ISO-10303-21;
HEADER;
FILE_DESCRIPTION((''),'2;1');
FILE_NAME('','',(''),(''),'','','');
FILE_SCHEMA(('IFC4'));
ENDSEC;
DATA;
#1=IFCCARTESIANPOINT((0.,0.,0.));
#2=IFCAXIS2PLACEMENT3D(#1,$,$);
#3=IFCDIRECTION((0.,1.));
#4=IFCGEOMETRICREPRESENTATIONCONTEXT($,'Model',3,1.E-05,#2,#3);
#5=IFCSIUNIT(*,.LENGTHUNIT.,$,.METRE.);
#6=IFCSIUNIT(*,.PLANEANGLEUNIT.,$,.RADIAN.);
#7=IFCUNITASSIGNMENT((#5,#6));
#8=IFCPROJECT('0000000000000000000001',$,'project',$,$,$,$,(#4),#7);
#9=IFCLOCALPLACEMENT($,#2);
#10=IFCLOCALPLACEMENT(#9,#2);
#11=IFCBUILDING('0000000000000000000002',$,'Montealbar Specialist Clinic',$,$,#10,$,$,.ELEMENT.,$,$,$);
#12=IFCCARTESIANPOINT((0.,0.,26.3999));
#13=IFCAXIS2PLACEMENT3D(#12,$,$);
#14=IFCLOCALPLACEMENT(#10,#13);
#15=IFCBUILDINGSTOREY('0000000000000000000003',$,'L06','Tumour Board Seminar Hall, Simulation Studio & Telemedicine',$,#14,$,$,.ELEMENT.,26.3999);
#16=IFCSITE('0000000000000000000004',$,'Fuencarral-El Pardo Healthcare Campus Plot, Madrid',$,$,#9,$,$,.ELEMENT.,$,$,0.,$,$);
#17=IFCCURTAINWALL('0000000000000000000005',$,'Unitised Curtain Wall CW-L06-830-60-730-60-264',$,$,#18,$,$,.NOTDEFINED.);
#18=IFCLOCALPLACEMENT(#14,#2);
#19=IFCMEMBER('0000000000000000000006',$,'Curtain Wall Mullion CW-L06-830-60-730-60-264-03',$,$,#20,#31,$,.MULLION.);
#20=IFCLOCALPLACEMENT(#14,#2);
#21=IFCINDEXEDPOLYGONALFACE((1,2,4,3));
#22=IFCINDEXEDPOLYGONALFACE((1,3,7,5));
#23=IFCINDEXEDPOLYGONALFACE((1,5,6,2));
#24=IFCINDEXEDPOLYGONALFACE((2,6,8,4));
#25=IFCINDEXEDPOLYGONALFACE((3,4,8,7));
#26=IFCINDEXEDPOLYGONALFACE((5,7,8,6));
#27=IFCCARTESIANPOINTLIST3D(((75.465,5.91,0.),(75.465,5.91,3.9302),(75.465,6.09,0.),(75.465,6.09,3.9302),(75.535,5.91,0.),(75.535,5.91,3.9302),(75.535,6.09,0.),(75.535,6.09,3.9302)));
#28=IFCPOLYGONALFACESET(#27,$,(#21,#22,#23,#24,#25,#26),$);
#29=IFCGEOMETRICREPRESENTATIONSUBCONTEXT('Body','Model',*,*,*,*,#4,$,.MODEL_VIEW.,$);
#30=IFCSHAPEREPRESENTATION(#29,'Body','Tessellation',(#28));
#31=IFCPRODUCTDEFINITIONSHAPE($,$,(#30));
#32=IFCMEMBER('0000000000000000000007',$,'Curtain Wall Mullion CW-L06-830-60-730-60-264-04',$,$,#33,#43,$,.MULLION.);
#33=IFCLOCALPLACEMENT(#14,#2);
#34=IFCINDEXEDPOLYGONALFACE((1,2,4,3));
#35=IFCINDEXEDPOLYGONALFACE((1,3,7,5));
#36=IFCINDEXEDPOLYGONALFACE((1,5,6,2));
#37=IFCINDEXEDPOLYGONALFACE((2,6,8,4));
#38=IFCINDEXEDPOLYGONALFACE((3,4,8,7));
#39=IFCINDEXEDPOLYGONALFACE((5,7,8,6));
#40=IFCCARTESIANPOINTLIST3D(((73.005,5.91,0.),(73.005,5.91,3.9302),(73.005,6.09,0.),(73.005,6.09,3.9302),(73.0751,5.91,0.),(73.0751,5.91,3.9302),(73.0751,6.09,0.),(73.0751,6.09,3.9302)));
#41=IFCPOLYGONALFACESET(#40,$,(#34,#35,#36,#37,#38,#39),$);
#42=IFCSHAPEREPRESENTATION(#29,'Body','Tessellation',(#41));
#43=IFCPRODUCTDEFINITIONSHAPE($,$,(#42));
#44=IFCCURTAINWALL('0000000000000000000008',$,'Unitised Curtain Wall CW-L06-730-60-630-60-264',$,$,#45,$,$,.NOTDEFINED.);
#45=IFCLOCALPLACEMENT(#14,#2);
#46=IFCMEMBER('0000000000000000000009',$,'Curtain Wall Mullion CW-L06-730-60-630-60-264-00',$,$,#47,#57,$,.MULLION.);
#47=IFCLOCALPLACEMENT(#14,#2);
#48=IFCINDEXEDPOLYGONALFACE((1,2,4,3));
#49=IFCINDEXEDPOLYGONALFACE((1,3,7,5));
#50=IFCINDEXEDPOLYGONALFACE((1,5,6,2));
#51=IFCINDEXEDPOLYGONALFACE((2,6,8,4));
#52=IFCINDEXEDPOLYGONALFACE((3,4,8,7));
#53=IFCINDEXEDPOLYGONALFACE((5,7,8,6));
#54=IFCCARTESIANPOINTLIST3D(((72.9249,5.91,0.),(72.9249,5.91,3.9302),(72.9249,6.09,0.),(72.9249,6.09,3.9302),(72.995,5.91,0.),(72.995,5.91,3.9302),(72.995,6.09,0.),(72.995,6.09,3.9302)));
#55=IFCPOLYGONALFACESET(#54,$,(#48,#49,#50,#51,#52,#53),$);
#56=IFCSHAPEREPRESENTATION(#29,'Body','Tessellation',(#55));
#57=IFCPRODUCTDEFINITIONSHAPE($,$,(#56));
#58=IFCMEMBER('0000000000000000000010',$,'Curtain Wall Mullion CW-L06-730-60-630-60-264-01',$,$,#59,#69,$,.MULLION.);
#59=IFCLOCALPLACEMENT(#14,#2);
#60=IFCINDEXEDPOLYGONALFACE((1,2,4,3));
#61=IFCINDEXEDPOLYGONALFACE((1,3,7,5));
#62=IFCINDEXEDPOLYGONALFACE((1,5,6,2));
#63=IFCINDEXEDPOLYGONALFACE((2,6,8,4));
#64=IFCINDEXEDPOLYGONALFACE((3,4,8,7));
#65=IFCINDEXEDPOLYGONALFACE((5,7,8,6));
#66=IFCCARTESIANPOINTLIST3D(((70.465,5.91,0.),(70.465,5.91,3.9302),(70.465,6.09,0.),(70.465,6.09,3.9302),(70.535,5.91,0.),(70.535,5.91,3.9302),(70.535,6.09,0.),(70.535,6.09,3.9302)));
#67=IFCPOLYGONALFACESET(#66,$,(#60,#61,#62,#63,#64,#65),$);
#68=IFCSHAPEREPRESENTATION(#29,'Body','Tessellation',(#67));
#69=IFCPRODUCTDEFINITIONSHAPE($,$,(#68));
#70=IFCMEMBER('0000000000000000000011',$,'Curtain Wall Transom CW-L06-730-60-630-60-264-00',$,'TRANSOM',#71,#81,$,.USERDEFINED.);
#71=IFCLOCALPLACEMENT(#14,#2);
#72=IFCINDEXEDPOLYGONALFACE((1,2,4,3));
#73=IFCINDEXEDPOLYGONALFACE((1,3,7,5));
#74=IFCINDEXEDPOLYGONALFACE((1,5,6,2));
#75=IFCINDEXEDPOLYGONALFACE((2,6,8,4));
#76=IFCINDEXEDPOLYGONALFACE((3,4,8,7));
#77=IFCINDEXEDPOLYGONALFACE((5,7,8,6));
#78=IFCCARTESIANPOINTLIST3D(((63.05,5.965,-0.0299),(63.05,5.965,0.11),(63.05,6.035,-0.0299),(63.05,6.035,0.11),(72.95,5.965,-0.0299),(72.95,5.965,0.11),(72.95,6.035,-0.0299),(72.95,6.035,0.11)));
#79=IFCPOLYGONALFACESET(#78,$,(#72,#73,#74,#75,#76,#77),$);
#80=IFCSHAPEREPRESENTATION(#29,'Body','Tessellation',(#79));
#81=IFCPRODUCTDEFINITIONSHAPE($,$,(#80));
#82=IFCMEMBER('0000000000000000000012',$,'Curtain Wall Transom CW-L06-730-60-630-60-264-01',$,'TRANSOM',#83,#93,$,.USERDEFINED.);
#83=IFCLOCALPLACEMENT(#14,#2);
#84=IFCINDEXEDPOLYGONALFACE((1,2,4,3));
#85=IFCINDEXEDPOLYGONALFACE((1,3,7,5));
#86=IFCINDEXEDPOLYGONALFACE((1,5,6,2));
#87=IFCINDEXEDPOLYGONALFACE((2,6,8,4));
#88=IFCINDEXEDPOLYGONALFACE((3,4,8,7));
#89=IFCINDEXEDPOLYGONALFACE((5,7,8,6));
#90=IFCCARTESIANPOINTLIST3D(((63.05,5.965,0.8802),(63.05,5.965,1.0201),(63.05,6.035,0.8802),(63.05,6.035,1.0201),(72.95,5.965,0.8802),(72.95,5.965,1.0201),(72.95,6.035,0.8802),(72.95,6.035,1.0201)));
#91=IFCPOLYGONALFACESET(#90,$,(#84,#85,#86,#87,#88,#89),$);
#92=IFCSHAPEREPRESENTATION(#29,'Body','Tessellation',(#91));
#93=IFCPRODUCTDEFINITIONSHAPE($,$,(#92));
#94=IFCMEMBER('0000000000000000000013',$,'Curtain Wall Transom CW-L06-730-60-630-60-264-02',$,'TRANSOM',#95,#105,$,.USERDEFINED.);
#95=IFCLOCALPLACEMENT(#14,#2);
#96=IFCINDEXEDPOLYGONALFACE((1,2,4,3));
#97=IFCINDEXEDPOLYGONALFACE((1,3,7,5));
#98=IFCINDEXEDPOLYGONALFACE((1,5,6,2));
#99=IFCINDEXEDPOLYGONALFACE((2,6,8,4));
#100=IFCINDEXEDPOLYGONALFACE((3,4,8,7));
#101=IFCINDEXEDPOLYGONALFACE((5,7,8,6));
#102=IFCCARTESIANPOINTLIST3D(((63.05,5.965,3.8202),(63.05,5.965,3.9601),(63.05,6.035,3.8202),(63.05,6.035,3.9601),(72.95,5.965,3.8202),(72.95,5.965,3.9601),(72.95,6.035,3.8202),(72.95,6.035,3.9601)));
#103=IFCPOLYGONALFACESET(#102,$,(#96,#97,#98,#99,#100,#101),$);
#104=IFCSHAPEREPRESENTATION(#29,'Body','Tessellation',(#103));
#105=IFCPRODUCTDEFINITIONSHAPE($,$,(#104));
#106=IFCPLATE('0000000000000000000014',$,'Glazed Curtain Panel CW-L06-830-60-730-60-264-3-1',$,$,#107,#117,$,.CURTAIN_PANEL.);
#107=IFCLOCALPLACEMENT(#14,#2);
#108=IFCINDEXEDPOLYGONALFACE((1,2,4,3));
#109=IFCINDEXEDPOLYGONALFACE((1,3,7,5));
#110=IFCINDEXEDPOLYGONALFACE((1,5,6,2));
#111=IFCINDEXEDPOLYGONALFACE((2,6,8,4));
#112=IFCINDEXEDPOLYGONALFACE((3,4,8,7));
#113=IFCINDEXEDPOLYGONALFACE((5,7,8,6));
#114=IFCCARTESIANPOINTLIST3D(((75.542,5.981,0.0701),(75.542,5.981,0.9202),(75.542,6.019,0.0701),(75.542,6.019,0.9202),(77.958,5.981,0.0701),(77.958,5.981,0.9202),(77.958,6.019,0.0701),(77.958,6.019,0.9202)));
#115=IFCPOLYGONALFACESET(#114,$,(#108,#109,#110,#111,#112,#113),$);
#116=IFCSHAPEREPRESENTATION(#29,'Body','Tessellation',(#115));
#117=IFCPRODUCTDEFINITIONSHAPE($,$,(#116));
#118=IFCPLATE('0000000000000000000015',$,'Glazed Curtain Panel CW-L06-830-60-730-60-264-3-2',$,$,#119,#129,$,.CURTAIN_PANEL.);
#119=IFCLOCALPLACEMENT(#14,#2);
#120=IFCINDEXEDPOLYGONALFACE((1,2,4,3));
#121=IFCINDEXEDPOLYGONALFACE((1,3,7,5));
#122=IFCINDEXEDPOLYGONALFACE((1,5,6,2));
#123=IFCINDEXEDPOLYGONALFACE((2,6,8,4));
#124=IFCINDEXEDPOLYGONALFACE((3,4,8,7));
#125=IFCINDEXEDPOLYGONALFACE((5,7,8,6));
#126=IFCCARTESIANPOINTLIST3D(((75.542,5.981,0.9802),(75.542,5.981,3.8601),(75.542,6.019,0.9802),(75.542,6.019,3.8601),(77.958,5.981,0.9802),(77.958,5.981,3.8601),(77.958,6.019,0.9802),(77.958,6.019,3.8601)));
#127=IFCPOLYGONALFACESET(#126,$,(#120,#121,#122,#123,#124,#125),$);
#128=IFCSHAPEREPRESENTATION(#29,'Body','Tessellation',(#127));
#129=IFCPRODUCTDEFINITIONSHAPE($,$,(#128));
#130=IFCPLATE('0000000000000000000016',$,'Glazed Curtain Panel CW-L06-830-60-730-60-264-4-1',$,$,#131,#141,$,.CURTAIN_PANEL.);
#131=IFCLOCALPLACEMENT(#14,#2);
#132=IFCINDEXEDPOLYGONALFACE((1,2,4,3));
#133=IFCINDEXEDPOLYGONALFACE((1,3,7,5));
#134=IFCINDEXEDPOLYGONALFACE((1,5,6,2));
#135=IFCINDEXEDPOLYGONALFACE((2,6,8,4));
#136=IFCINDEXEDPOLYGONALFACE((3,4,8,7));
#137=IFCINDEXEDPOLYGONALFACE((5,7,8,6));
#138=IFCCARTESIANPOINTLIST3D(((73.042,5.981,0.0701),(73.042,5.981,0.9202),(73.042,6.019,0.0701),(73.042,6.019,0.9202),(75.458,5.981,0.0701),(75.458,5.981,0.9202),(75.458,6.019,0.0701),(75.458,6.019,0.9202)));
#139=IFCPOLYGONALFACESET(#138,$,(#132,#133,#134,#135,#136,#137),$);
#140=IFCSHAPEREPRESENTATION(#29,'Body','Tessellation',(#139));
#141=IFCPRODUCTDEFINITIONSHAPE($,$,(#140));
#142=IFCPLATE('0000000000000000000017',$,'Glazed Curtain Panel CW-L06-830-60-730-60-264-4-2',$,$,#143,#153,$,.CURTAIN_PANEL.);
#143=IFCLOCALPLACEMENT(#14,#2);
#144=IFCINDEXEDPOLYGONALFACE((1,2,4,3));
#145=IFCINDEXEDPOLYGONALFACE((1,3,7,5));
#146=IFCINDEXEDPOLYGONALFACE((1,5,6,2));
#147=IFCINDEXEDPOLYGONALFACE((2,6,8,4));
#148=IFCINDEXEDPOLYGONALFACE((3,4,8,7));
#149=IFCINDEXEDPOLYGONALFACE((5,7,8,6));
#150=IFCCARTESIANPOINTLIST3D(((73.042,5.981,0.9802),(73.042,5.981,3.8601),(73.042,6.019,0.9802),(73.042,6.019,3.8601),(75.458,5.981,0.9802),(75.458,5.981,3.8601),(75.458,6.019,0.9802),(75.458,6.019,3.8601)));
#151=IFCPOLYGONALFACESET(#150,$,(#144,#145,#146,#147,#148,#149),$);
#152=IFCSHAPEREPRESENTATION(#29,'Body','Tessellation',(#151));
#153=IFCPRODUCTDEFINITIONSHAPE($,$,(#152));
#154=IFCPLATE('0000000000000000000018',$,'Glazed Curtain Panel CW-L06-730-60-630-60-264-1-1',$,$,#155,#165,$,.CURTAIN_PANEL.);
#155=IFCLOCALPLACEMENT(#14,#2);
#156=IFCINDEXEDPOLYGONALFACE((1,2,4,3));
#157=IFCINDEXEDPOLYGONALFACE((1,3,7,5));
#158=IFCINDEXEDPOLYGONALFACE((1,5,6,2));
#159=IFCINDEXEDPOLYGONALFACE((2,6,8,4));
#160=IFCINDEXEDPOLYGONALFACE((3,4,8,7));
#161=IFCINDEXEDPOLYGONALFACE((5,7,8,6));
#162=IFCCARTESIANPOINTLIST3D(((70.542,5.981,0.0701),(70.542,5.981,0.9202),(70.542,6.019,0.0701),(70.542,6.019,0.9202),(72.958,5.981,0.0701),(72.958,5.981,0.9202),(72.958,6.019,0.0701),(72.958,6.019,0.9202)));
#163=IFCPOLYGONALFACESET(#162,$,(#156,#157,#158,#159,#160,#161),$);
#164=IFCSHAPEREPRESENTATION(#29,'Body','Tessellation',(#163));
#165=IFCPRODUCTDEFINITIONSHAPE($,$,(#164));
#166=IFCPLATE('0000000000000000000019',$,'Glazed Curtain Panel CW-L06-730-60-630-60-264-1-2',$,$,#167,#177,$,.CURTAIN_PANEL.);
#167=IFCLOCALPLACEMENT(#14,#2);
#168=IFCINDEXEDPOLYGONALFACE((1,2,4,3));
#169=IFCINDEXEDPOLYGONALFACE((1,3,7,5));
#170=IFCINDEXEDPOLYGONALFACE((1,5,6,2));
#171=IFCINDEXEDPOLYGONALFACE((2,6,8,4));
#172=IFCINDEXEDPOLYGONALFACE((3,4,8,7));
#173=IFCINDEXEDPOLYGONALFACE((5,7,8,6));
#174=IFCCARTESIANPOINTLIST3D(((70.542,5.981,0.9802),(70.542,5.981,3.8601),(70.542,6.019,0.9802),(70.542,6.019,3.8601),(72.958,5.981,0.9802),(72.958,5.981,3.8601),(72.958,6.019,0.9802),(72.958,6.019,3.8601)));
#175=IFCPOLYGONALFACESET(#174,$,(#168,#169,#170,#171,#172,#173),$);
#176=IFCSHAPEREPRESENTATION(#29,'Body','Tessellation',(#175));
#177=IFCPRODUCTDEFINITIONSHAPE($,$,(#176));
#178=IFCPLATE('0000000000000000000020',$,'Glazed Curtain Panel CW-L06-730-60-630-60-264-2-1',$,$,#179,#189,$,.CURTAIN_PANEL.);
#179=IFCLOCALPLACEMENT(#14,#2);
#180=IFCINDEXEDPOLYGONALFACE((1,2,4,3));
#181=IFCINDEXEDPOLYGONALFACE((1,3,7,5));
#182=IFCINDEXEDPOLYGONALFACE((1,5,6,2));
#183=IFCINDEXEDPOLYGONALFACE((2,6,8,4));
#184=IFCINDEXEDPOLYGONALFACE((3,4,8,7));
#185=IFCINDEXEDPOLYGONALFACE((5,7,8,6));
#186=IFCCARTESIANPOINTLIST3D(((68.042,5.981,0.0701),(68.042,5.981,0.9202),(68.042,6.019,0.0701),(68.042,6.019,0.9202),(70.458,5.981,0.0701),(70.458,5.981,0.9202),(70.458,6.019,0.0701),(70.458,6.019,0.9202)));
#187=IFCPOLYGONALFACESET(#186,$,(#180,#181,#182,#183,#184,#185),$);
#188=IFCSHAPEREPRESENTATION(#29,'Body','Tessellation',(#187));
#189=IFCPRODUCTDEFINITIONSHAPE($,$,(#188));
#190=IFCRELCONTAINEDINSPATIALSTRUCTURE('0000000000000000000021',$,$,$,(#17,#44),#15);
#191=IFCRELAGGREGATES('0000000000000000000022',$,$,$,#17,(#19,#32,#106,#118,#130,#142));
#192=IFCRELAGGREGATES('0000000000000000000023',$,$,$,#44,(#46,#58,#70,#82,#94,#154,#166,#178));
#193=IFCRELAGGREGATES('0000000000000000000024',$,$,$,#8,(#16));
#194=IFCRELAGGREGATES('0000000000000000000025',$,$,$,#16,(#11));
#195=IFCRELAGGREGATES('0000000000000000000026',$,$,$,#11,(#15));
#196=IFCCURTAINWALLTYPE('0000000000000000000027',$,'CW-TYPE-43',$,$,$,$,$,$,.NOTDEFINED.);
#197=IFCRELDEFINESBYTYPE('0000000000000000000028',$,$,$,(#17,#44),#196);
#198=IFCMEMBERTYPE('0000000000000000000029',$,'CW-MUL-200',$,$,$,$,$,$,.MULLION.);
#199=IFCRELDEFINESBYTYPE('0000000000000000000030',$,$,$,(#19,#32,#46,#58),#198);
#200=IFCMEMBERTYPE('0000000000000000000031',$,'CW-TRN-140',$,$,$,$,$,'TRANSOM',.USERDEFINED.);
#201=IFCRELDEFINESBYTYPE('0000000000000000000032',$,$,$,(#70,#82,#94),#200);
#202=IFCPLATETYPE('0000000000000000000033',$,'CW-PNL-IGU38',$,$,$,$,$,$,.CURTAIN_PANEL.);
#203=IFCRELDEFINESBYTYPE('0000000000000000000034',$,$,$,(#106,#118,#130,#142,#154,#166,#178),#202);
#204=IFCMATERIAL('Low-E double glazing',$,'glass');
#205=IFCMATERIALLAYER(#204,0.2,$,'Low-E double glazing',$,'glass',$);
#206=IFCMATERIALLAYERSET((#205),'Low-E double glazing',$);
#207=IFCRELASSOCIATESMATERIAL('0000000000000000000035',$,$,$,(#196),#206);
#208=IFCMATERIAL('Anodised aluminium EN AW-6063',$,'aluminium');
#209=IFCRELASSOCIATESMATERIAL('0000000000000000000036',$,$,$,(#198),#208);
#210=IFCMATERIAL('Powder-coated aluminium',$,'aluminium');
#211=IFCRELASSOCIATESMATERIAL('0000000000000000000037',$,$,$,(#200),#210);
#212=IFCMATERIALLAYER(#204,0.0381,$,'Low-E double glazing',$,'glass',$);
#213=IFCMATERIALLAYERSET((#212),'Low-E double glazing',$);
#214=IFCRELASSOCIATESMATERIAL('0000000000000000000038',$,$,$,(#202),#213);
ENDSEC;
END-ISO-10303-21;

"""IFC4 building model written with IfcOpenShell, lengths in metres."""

from ifc_helpers import new_model, si_unit, direction, frame, origin, origin_2d, place, context, subcontext, project, spatial, rectangle, extrude, material, layer, layer_set, material_profile, profile_set, type_object, element, aggregate, save


model = new_model("IFC4")

# Units and contexts
model_context = context("Model", 3, precision=1e-05, world=origin(), true_north=direction((0.0, 1.0)))
body_context = subcontext(model_context, "Body", "Model", "MODEL_VIEW")
ifc_project = project(units=[si_unit("LENGTHUNIT", "METRE"), si_unit("PLANEANGLEUNIT", "RADIAN")], contexts=[model_context])

# Site, building, storey
site_placement = place(None, origin())
site = spatial("IfcSite", under=ifc_project, at=site_placement, Name="Fuencarral-El Pardo Healthcare Campus Plot, Madrid", CompositionType="ELEMENT", RefElevation=0.0)
building_placement = place(site_placement, origin())
building = spatial("IfcBuilding", under=site, at=building_placement, Name="Montealbar Specialist Clinic", CompositionType="ELEMENT")
storey_placement = place(building_placement, frame((0.0, 0.0, 26.3999)))
storey = spatial("IfcBuildingStorey", under=building, at=storey_placement, Name="L06", Description="Tumour Board Seminar Hall, Simulation Studio & Telemedicine", CompositionType="ELEMENT", Elevation=26.3999)

# Curtain walls, members
ifc_material_1 = material(Name="Low-E double glazing", Category="glass")
ifc_layer_1 = layer(ifc_material_1, 0.2, Name="Low-E double glazing", Category="glass")
ifc_layer_set_1 = layer_set([ifc_layer_1], Name="Low-E double glazing")
curtain_wall_type = type_object("IfcCurtainWallType", Name="CW-TYPE-43", PredefinedType="NOTDEFINED", material=ifc_layer_set_1)
curtain_wall_1_placement = place(storey_placement, origin())
curtain_wall_1 = element("IfcCurtainWall", 1, at=curtain_wall_1_placement, inside=storey, type_object=curtain_wall_type, Name="Unitised Curtain Wall CW-L06-830-60-730-60-264", PredefinedType="NOTDEFINED")
ifc_material_2 = material(Name="Anodised aluminium EN AW-6063", Category="aluminium")
ifc_material_profile_1 = material_profile(ifc_material_2, rectangle(XDim=0.0701, YDim=0.1799, at=origin_2d()), Name="ALU 70x180", Category="aluminium")
ifc_profile_set_1 = profile_set([ifc_material_profile_1], Name="Anodised aluminium EN AW-6063")
member_type_1 = type_object("IfcMemberType", Name="CW-MUL-200", PredefinedType="MULLION", material=ifc_profile_set_1)
member_1_placement = place(storey_placement, frame((75.5, 6.0, 0.0), z_axis=(0.0, 0.0, 1.0), x_axis=(-1.0, 0.0, 0.0)))
member_1 = element("IfcMember", 2, at=member_1_placement, type_object=member_type_1, Name="Curtain Wall Mullion CW-L06-830-60-730-60-264-03", PredefinedType="MULLION", context=body_context, shape_type="SweptSolid", body=[
    extrude(rectangle(XDim=0.0701, YDim=0.1799, at=origin_2d()), origin(), (0.0, 0.0, 1.0), 3.9302),
])
member_2_placement = place(storey_placement, frame((73.04, 6.0, 0.0), z_axis=(0.0, 0.0, 1.0), x_axis=(-1.0, 0.0, 0.0)))
member_2 = element("IfcMember", 3, at=member_2_placement, type_object=member_type_1, Name="Curtain Wall Mullion CW-L06-830-60-730-60-264-04", PredefinedType="MULLION", context=body_context, shape_type="SweptSolid", body=[
    extrude(rectangle(XDim=0.0701, YDim=0.1799, at=origin_2d()), origin(), (0.0, 0.0, 1.0), 3.9302),
])
curtain_wall_2_placement = place(storey_placement, origin())
curtain_wall_2 = element("IfcCurtainWall", 4, at=curtain_wall_2_placement, inside=storey, type_object=curtain_wall_type, Name="Unitised Curtain Wall CW-L06-730-60-630-60-264", PredefinedType="NOTDEFINED")
member_3_placement = place(storey_placement, frame((72.96, 6.0, 0.0), z_axis=(0.0, 0.0, 1.0), x_axis=(-1.0, 0.0, 0.0)))
member_3 = element("IfcMember", 5, at=member_3_placement, type_object=member_type_1, Name="Curtain Wall Mullion CW-L06-730-60-630-60-264-00", PredefinedType="MULLION", context=body_context, shape_type="SweptSolid", body=[
    extrude(rectangle(XDim=0.0701, YDim=0.1799, at=origin_2d()), origin(), (0.0, 0.0, 1.0), 3.9302),
])
member_4_placement = place(storey_placement, frame((70.5, 6.0, 0.0), z_axis=(0.0, 0.0, 1.0), x_axis=(-1.0, 0.0, 0.0)))
member_4 = element("IfcMember", 6, at=member_4_placement, type_object=member_type_1, Name="Curtain Wall Mullion CW-L06-730-60-630-60-264-01", PredefinedType="MULLION", context=body_context, shape_type="SweptSolid", body=[
    extrude(rectangle(XDim=0.0701, YDim=0.1799, at=origin_2d()), origin(), (0.0, 0.0, 1.0), 3.9302),
])
ifc_material_3 = material(Name="Powder-coated aluminium", Category="aluminium")
ifc_material_profile_2 = material_profile(ifc_material_3, rectangle(XDim=0.0701, YDim=0.1399, at=origin_2d()), Name="ALU 70x140", Category="aluminium")
ifc_profile_set_2 = profile_set([ifc_material_profile_2], Name="Powder-coated aluminium")
member_type_2 = type_object("IfcMemberType", Name="CW-TRN-140", ElementType="TRANSOM", PredefinedType="USERDEFINED", material=ifc_profile_set_2)
member_5_placement = place(storey_placement, frame((72.95, 6.0, 0.04), z_axis=(-1.0, 0.0, 0.0), x_axis=(0.0, -1.0, 0.0)))
member_5 = element("IfcMember", 7, at=member_5_placement, type_object=member_type_2, Name="Curtain Wall Transom CW-L06-730-60-630-60-264-00", ObjectType="TRANSOM", PredefinedType="USERDEFINED", context=body_context, shape_type="SweptSolid", body=[
    extrude(rectangle(XDim=0.0701, YDim=0.1399, at=origin_2d()), origin(), (0.0, 0.0, 1.0), 9.8999),
])
member_6_placement = place(storey_placement, frame((72.95, 6.0, 0.9502), z_axis=(-1.0, 0.0, 0.0), x_axis=(0.0, -1.0, 0.0)))
member_6 = element("IfcMember", 8, at=member_6_placement, type_object=member_type_2, Name="Curtain Wall Transom CW-L06-730-60-630-60-264-01", ObjectType="TRANSOM", PredefinedType="USERDEFINED", context=body_context, shape_type="SweptSolid", body=[
    extrude(rectangle(XDim=0.0701, YDim=0.1399, at=origin_2d()), origin(), (0.0, 0.0, 1.0), 9.8999),
])
member_7_placement = place(storey_placement, frame((72.95, 6.0, 3.8901), z_axis=(-1.0, 0.0, 0.0), x_axis=(0.0, -1.0, 0.0)))
member_7 = element("IfcMember", 9, at=member_7_placement, type_object=member_type_2, Name="Curtain Wall Transom CW-L06-730-60-630-60-264-02", ObjectType="TRANSOM", PredefinedType="USERDEFINED", context=body_context, shape_type="SweptSolid", body=[
    extrude(rectangle(XDim=0.0701, YDim=0.1399, at=origin_2d()), origin(), (0.0, 0.0, 1.0), 9.8999),
])

# Plates
ifc_layer_2 = layer(ifc_material_1, 0.0381, Name="Low-E double glazing", Category="glass")
ifc_layer_set_2 = layer_set([ifc_layer_2], Name="Low-E double glazing")
plate_type = type_object("IfcPlateType", Name="CW-PNL-IGU38", PredefinedType="CURTAIN_PANEL", material=ifc_layer_set_2)
plate_1_placement = place(storey_placement, frame((76.75, 6.0, 0.0701), z_axis=(0.0, 0.0, 1.0), x_axis=(-1.0, 0.0, 0.0)))
plate_1 = element("IfcPlate", 10, at=plate_1_placement, type_object=plate_type, Name="Glazed Curtain Panel CW-L06-830-60-730-60-264-3-1", PredefinedType="CURTAIN_PANEL", context=body_context, shape_type="SweptSolid", body=[
    extrude(rectangle(XDim=2.416, YDim=0.0381, at=origin_2d()), origin(), (0.0, 0.0, 1.0), 0.8501),
])
plate_2_placement = place(storey_placement, frame((76.75, 6.0, 0.9802), z_axis=(0.0, 0.0, 1.0), x_axis=(-1.0, 0.0, 0.0)))
plate_2 = element("IfcPlate", 11, at=plate_2_placement, type_object=plate_type, Name="Glazed Curtain Panel CW-L06-830-60-730-60-264-3-2", PredefinedType="CURTAIN_PANEL", context=body_context, shape_type="SweptSolid", body=[
    extrude(rectangle(XDim=2.416, YDim=0.0381, at=origin_2d()), origin(), (0.0, 0.0, 1.0), 2.8799),
])
plate_3_placement = place(storey_placement, frame((74.25, 6.0, 0.0701), z_axis=(0.0, 0.0, 1.0), x_axis=(-1.0, 0.0, 0.0)))
plate_3 = element("IfcPlate", 12, at=plate_3_placement, type_object=plate_type, Name="Glazed Curtain Panel CW-L06-830-60-730-60-264-4-1", PredefinedType="CURTAIN_PANEL", context=body_context, shape_type="SweptSolid", body=[
    extrude(rectangle(XDim=2.416, YDim=0.0381, at=origin_2d()), origin(), (0.0, 0.0, 1.0), 0.8501),
])
plate_4_placement = place(storey_placement, frame((74.25, 6.0, 0.9802), z_axis=(0.0, 0.0, 1.0), x_axis=(-1.0, 0.0, 0.0)))
plate_4 = element("IfcPlate", 13, at=plate_4_placement, type_object=plate_type, Name="Glazed Curtain Panel CW-L06-830-60-730-60-264-4-2", PredefinedType="CURTAIN_PANEL", context=body_context, shape_type="SweptSolid", body=[
    extrude(rectangle(XDim=2.416, YDim=0.0381, at=origin_2d()), origin(), (0.0, 0.0, 1.0), 2.8799),
])
aggregate(curtain_wall_1, [member_1, member_2, plate_1, plate_2, plate_3, plate_4])
plate_5_placement = place(storey_placement, frame((71.75, 6.0, 0.0701), z_axis=(0.0, 0.0, 1.0), x_axis=(-1.0, 0.0, 0.0)))
plate_5 = element("IfcPlate", 14, at=plate_5_placement, type_object=plate_type, Name="Glazed Curtain Panel CW-L06-730-60-630-60-264-1-1", PredefinedType="CURTAIN_PANEL", context=body_context, shape_type="SweptSolid", body=[
    extrude(rectangle(XDim=2.416, YDim=0.0381, at=origin_2d()), origin(), (0.0, 0.0, 1.0), 0.8501),
])
plate_6_placement = place(storey_placement, frame((71.75, 6.0, 0.9802), z_axis=(0.0, 0.0, 1.0), x_axis=(-1.0, 0.0, 0.0)))
plate_6 = element("IfcPlate", 15, at=plate_6_placement, type_object=plate_type, Name="Glazed Curtain Panel CW-L06-730-60-630-60-264-1-2", PredefinedType="CURTAIN_PANEL", context=body_context, shape_type="SweptSolid", body=[
    extrude(rectangle(XDim=2.416, YDim=0.0381, at=origin_2d()), origin(), (0.0, 0.0, 1.0), 2.8799),
])
plate_7_placement = place(storey_placement, frame((69.25, 6.0, 0.0701), z_axis=(0.0, 0.0, 1.0), x_axis=(-1.0, 0.0, 0.0)))
plate_7 = element("IfcPlate", 16, at=plate_7_placement, type_object=plate_type, Name="Glazed Curtain Panel CW-L06-730-60-630-60-264-2-1", PredefinedType="CURTAIN_PANEL", context=body_context, shape_type="SweptSolid", body=[
    extrude(rectangle(XDim=2.416, YDim=0.0381, at=origin_2d()), origin(), (0.0, 0.0, 1.0), 0.8501),
])
aggregate(curtain_wall_2, [member_3, member_4, member_5, member_6, member_7, plate_5, plate_6, plate_7])

save(model, "model.ifc")
